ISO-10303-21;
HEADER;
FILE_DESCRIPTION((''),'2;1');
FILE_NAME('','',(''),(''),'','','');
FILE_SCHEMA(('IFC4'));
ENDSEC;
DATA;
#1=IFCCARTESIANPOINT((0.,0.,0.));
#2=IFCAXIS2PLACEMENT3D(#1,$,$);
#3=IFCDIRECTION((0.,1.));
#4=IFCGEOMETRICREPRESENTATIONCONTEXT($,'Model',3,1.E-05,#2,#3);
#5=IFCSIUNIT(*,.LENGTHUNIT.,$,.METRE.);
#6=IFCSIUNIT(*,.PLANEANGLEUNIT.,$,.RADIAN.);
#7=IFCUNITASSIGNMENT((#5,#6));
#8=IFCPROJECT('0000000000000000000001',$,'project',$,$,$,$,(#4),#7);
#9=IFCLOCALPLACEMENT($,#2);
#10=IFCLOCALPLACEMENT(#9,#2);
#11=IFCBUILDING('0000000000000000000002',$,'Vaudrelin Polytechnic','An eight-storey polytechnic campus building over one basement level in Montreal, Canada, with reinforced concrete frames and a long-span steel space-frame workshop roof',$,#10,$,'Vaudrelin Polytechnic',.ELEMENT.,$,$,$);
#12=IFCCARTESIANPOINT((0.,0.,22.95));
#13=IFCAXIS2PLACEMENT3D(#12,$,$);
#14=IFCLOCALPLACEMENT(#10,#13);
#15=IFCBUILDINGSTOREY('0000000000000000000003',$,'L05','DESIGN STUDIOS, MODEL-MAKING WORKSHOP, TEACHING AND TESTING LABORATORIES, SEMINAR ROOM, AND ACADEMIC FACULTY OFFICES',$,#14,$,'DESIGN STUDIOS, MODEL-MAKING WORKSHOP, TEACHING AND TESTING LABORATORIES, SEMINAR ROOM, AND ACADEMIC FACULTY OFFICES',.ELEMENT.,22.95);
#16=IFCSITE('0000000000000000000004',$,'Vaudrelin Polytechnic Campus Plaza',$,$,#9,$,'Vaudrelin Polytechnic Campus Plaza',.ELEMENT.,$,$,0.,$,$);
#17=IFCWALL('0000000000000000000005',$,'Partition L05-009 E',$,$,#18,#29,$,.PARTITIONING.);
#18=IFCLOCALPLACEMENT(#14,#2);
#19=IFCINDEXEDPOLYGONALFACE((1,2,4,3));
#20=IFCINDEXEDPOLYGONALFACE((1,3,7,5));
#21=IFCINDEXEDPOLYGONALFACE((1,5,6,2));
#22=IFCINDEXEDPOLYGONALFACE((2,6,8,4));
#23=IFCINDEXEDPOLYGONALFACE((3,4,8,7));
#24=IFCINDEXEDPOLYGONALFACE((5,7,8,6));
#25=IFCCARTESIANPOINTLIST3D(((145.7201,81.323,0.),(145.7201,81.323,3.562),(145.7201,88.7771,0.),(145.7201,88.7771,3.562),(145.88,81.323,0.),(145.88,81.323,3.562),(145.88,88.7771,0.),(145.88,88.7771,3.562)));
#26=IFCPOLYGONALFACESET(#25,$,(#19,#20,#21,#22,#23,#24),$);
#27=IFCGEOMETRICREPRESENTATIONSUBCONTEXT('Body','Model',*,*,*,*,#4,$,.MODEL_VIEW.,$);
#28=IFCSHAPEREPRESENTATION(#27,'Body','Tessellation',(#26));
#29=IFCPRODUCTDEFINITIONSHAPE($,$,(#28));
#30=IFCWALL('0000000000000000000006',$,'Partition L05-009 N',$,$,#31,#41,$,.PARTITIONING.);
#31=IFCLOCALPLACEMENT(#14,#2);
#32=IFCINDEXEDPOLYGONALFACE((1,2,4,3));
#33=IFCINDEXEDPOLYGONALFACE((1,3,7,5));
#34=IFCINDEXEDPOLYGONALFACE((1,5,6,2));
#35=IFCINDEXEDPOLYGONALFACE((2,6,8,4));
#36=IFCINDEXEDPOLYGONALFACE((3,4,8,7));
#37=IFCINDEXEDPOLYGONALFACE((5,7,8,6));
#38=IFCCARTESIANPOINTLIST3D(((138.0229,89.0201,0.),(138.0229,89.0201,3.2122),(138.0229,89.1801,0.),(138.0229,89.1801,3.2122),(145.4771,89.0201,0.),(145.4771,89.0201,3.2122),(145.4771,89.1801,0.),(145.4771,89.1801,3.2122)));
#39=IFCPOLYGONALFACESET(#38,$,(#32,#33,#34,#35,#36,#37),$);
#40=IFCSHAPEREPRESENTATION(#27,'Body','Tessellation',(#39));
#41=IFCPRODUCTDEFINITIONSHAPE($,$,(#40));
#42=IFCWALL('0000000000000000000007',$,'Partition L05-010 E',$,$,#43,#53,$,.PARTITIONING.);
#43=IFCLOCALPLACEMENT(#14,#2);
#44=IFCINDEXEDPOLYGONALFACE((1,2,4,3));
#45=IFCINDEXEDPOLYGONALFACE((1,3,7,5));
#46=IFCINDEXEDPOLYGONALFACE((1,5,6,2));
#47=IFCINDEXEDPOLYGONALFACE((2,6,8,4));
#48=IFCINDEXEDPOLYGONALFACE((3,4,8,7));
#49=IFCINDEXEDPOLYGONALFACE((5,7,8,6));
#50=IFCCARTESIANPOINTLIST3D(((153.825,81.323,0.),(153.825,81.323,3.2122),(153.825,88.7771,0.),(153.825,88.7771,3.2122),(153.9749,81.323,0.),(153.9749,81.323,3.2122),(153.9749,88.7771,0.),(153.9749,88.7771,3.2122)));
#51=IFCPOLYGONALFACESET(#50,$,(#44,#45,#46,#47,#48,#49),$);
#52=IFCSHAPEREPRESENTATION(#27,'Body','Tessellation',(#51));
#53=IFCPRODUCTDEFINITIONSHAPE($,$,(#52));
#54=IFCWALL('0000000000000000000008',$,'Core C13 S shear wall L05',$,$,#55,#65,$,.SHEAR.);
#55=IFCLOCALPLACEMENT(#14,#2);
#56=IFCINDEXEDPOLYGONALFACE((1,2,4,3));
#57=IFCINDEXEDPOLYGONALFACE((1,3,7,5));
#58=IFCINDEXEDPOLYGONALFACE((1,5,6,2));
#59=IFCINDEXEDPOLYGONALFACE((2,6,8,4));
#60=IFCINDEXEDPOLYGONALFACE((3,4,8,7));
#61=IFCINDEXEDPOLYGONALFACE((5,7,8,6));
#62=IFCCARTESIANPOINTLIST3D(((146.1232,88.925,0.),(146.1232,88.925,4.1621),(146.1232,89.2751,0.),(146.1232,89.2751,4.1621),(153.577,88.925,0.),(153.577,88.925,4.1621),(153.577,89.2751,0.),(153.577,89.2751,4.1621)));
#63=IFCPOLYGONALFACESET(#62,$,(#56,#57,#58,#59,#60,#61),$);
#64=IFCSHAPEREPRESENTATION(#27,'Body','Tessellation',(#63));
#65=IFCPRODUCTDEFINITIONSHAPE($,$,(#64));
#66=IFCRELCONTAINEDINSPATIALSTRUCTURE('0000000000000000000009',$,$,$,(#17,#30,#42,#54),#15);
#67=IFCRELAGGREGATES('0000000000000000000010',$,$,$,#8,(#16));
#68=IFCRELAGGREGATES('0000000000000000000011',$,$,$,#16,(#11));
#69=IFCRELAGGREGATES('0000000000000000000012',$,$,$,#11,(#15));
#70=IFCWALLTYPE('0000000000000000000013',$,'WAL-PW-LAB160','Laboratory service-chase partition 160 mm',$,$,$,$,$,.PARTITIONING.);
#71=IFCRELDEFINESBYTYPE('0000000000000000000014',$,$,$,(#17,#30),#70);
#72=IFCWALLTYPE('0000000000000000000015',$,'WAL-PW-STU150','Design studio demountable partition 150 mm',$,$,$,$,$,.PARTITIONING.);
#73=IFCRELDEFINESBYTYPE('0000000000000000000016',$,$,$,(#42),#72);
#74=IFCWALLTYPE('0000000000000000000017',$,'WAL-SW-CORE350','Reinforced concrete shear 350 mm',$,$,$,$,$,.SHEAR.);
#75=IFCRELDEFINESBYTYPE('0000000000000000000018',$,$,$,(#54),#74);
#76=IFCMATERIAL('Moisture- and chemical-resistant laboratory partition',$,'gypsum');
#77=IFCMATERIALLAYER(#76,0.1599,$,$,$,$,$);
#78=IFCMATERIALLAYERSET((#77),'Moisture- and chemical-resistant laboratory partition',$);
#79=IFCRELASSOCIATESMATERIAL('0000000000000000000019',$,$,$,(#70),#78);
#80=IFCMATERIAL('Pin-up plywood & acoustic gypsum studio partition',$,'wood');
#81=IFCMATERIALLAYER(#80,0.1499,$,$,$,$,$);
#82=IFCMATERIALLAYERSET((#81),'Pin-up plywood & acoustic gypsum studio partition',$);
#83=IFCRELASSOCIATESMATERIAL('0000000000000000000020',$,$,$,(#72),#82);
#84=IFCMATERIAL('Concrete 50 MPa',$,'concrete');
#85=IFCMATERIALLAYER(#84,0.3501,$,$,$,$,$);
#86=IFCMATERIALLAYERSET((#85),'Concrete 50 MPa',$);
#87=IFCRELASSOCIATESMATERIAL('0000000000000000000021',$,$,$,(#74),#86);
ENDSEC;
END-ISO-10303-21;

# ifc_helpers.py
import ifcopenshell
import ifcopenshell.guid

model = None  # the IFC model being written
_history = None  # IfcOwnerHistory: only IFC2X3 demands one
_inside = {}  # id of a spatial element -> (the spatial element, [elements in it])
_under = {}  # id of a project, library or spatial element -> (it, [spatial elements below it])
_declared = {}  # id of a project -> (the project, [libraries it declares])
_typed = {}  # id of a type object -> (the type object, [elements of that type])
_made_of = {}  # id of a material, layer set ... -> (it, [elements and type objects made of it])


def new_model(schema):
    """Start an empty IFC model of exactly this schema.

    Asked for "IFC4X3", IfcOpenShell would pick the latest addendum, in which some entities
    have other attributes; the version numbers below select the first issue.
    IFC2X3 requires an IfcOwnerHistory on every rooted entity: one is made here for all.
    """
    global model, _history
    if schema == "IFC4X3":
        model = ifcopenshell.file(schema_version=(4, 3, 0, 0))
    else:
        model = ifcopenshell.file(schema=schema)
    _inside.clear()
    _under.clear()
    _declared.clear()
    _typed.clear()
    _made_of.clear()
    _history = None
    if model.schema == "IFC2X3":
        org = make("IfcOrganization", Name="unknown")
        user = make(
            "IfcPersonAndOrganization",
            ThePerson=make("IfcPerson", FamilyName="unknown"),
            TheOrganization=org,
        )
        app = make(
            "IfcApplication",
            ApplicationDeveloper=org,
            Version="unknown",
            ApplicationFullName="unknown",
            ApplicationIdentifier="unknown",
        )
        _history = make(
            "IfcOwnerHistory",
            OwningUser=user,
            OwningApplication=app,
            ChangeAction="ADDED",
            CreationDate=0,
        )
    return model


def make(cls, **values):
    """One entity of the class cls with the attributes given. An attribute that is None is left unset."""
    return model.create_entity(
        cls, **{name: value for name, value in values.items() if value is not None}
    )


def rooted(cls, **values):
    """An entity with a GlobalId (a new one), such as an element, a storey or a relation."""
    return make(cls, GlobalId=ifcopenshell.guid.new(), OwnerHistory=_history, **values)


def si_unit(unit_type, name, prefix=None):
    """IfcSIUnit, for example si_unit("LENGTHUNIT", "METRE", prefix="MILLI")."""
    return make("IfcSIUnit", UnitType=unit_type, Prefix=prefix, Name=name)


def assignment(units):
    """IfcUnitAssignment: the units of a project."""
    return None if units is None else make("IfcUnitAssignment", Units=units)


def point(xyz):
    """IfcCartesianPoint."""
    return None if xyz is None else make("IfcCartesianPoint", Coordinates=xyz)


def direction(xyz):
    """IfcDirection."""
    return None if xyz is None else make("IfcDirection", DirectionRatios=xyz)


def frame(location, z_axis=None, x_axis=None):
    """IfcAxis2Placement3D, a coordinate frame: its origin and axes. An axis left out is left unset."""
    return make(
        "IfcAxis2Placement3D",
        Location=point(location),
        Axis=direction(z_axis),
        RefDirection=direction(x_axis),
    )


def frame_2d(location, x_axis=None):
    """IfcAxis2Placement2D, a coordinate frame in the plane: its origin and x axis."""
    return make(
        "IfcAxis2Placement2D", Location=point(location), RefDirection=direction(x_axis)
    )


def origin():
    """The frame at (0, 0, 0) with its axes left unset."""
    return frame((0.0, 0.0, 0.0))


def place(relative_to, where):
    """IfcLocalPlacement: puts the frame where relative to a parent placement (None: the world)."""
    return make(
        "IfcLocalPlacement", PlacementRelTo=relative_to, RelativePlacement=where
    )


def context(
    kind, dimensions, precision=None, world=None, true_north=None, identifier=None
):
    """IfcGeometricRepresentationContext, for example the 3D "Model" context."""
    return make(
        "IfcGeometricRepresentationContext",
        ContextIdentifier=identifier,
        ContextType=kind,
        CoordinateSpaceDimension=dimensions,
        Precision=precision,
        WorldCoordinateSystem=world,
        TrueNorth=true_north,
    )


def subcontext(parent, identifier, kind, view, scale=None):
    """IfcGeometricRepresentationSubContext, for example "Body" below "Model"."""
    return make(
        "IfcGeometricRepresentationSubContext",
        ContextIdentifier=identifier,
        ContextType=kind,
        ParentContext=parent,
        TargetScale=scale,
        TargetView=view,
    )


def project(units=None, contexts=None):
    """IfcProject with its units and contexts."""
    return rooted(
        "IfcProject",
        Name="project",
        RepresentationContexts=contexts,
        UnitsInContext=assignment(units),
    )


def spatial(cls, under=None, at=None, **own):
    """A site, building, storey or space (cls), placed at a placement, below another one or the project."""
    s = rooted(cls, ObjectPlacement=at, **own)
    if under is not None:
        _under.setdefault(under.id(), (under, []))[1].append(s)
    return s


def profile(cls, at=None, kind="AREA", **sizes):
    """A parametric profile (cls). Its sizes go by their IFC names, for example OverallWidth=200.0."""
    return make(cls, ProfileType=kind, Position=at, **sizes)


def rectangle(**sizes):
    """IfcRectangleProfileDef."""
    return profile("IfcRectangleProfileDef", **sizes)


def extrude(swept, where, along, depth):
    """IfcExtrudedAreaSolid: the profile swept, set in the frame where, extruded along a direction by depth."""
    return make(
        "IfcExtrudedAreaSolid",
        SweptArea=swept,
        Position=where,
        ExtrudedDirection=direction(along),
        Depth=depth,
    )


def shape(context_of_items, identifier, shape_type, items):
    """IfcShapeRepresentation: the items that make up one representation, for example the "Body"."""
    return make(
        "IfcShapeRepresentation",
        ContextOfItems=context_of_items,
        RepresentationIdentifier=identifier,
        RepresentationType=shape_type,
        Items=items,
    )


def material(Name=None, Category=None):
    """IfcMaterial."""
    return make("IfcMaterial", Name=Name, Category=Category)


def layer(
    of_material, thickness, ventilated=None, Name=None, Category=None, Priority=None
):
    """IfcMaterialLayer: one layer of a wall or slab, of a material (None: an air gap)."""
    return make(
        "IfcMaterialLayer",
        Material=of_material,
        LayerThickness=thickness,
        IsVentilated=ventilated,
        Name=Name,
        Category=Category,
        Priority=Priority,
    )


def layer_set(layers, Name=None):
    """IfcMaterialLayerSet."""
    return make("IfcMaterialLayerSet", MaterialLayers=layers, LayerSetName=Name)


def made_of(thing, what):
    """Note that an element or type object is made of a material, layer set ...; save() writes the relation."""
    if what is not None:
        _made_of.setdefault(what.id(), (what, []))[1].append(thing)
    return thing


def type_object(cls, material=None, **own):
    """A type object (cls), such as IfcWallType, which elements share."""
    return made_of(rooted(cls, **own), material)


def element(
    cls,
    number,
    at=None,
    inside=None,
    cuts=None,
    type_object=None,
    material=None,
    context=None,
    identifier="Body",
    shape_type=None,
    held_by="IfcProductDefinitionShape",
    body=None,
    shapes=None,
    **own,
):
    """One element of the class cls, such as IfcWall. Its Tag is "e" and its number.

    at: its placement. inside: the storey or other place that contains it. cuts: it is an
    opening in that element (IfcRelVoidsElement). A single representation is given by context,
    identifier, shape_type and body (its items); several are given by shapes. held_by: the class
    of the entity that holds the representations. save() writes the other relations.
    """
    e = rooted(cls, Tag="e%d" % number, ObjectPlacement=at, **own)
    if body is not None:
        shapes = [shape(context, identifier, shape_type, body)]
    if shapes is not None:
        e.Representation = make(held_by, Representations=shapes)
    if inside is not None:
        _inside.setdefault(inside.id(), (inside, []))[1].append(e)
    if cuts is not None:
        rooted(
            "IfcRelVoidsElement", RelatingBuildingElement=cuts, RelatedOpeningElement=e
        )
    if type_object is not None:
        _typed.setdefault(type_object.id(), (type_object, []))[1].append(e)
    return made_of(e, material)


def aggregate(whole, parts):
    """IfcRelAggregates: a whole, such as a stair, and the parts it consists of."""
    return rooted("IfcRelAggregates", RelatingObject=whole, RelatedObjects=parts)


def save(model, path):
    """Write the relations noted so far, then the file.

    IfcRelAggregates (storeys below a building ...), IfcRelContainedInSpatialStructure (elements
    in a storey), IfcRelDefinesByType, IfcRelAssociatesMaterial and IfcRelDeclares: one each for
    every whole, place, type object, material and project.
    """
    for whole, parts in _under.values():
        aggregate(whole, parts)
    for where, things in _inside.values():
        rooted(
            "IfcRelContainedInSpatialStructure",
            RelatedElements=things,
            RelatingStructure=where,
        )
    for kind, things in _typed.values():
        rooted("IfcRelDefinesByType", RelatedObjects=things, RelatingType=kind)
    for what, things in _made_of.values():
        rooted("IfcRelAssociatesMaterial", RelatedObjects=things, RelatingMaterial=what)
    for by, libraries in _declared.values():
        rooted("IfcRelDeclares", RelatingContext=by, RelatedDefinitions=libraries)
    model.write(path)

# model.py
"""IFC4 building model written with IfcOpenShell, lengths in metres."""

from ifc_helpers import new_model, si_unit, direction, frame, frame_2d, origin, place, context, subcontext, project, spatial, rectangle, extrude, material, layer, layer_set, type_object, element, save


model = new_model("IFC4")

# Units and contexts
model_context = context("Model", 3, precision=1e-05, world=origin(), true_north=direction((0.0, 1.0)))
body_context = subcontext(model_context, "Body", "Model", "MODEL_VIEW")
ifc_project = project(units=[si_unit("LENGTHUNIT", "METRE"), si_unit("PLANEANGLEUNIT", "RADIAN")], contexts=[model_context])

# Site, building, storey
site_placement = place(None, origin())
site = spatial("IfcSite", under=ifc_project, at=site_placement, Name="Vaudrelin Polytechnic Campus Plaza", LongName="Vaudrelin Polytechnic Campus Plaza", CompositionType="ELEMENT", RefElevation=0.0)
building_placement = place(site_placement, origin())
building = spatial("IfcBuilding", under=site, at=building_placement, Name="Vaudrelin Polytechnic", Description="An eight-storey polytechnic campus building over one basement level in Montreal, Canada, with reinforced concrete frames and a long-span steel space-frame workshop roof", LongName="Vaudrelin Polytechnic", CompositionType="ELEMENT")
storey_placement = place(building_placement, frame((0.0, 0.0, 22.95)))
storey = spatial("IfcBuildingStorey", under=building, at=storey_placement, Name="L05", Description="DESIGN STUDIOS, MODEL-MAKING WORKSHOP, TEACHING AND TESTING LABORATORIES, SEMINAR ROOM, AND ACADEMIC FACULTY OFFICES", LongName="DESIGN STUDIOS, MODEL-MAKING WORKSHOP, TEACHING AND TESTING LABORATORIES, SEMINAR ROOM, AND ACADEMIC FACULTY OFFICES", CompositionType="ELEMENT", Elevation=22.95)

# Shared definitions
ifc_material_1 = material(Name="Concrete 50 MPa", Category="concrete")

# Walls
ifc_material_2 = material(Name="Moisture- and chemical-resistant laboratory partition", Category="gypsum")
ifc_layer_1 = layer(ifc_material_2, 0.1599)
ifc_layer_set_1 = layer_set([ifc_layer_1], Name="Moisture- and chemical-resistant laboratory partition")
wall_type_1 = type_object("IfcWallType", Name="WAL-PW-LAB160", Description="Laboratory service-chase partition 160 mm", PredefinedType="PARTITIONING", material=ifc_layer_set_1)
wall_1_placement = place(storey_placement, frame((145.8, 81.323, 0.0), z_axis=(0.0, 0.0, 1.0), x_axis=(0.0, 1.0, 0.0)))
element("IfcWall", 1, at=wall_1_placement, inside=storey, type_object=wall_type_1, Name="Partition L05-009 E", PredefinedType="PARTITIONING", context=body_context, shape_type="SweptSolid", body=[
    extrude(rectangle(XDim=7.4541, YDim=0.1599, at=frame_2d((3.7271, 0.0))), origin(), (0.0, 0.0, 1.0), 3.562),
])
wall_2_placement = place(storey_placement, frame((138.0229, 89.1001, 0.0), z_axis=(0.0, 0.0, 1.0), x_axis=(1.0, 0.0, 0.0)))
element("IfcWall", 2, at=wall_2_placement, inside=storey, type_object=wall_type_1, Name="Partition L05-009 N", PredefinedType="PARTITIONING", context=body_context, shape_type="SweptSolid", body=[
    extrude(rectangle(XDim=7.4541, YDim=0.1599, at=frame_2d((3.7271, 0.0))), origin(), (0.0, 0.0, 1.0), 3.2122),
])
ifc_material_3 = material(Name="Pin-up plywood & acoustic gypsum studio partition", Category="wood")
ifc_layer_2 = layer(ifc_material_3, 0.1499)
ifc_layer_set_2 = layer_set([ifc_layer_2], Name="Pin-up plywood & acoustic gypsum studio partition")
wall_type_2 = type_object("IfcWallType", Name="WAL-PW-STU150", Description="Design studio demountable partition 150 mm", PredefinedType="PARTITIONING", material=ifc_layer_set_2)
wall_3_placement = place(storey_placement, frame((153.8999, 81.323, 0.0), z_axis=(0.0, 0.0, 1.0), x_axis=(0.0, 1.0, 0.0)))
element("IfcWall", 3, at=wall_3_placement, inside=storey, type_object=wall_type_2, Name="Partition L05-010 E", PredefinedType="PARTITIONING", context=body_context, shape_type="SweptSolid", body=[
    extrude(rectangle(XDim=7.4541, YDim=0.1499, at=frame_2d((3.7271, 0.0))), origin(), (0.0, 0.0, 1.0), 3.2122),
])
ifc_layer_3 = layer(ifc_material_1, 0.3501)
ifc_layer_set_3 = layer_set([ifc_layer_3], Name="Concrete 50 MPa")
wall_type_3 = type_object("IfcWallType", Name="WAL-SW-CORE350", Description="Reinforced concrete shear 350 mm", PredefinedType="SHEAR", material=ifc_layer_set_3)
wall_4_placement = place(storey_placement, frame((146.123, 89.1001, 0.0), z_axis=(0.0, 0.0, 1.0), x_axis=(1.0, 0.0, 0.0)))
element("IfcWall", 4, at=wall_4_placement, inside=storey, type_object=wall_type_3, Name="Core C13 S shear wall L05", PredefinedType="SHEAR", context=body_context, shape_type="SweptSolid", body=[
    extrude(rectangle(XDim=7.4539, YDim=0.3501, at=frame_2d((3.7271, 0.0))), origin(), (0.0, 0.0, 1.0), 4.1621),
])

save(model, "model.ifc")
